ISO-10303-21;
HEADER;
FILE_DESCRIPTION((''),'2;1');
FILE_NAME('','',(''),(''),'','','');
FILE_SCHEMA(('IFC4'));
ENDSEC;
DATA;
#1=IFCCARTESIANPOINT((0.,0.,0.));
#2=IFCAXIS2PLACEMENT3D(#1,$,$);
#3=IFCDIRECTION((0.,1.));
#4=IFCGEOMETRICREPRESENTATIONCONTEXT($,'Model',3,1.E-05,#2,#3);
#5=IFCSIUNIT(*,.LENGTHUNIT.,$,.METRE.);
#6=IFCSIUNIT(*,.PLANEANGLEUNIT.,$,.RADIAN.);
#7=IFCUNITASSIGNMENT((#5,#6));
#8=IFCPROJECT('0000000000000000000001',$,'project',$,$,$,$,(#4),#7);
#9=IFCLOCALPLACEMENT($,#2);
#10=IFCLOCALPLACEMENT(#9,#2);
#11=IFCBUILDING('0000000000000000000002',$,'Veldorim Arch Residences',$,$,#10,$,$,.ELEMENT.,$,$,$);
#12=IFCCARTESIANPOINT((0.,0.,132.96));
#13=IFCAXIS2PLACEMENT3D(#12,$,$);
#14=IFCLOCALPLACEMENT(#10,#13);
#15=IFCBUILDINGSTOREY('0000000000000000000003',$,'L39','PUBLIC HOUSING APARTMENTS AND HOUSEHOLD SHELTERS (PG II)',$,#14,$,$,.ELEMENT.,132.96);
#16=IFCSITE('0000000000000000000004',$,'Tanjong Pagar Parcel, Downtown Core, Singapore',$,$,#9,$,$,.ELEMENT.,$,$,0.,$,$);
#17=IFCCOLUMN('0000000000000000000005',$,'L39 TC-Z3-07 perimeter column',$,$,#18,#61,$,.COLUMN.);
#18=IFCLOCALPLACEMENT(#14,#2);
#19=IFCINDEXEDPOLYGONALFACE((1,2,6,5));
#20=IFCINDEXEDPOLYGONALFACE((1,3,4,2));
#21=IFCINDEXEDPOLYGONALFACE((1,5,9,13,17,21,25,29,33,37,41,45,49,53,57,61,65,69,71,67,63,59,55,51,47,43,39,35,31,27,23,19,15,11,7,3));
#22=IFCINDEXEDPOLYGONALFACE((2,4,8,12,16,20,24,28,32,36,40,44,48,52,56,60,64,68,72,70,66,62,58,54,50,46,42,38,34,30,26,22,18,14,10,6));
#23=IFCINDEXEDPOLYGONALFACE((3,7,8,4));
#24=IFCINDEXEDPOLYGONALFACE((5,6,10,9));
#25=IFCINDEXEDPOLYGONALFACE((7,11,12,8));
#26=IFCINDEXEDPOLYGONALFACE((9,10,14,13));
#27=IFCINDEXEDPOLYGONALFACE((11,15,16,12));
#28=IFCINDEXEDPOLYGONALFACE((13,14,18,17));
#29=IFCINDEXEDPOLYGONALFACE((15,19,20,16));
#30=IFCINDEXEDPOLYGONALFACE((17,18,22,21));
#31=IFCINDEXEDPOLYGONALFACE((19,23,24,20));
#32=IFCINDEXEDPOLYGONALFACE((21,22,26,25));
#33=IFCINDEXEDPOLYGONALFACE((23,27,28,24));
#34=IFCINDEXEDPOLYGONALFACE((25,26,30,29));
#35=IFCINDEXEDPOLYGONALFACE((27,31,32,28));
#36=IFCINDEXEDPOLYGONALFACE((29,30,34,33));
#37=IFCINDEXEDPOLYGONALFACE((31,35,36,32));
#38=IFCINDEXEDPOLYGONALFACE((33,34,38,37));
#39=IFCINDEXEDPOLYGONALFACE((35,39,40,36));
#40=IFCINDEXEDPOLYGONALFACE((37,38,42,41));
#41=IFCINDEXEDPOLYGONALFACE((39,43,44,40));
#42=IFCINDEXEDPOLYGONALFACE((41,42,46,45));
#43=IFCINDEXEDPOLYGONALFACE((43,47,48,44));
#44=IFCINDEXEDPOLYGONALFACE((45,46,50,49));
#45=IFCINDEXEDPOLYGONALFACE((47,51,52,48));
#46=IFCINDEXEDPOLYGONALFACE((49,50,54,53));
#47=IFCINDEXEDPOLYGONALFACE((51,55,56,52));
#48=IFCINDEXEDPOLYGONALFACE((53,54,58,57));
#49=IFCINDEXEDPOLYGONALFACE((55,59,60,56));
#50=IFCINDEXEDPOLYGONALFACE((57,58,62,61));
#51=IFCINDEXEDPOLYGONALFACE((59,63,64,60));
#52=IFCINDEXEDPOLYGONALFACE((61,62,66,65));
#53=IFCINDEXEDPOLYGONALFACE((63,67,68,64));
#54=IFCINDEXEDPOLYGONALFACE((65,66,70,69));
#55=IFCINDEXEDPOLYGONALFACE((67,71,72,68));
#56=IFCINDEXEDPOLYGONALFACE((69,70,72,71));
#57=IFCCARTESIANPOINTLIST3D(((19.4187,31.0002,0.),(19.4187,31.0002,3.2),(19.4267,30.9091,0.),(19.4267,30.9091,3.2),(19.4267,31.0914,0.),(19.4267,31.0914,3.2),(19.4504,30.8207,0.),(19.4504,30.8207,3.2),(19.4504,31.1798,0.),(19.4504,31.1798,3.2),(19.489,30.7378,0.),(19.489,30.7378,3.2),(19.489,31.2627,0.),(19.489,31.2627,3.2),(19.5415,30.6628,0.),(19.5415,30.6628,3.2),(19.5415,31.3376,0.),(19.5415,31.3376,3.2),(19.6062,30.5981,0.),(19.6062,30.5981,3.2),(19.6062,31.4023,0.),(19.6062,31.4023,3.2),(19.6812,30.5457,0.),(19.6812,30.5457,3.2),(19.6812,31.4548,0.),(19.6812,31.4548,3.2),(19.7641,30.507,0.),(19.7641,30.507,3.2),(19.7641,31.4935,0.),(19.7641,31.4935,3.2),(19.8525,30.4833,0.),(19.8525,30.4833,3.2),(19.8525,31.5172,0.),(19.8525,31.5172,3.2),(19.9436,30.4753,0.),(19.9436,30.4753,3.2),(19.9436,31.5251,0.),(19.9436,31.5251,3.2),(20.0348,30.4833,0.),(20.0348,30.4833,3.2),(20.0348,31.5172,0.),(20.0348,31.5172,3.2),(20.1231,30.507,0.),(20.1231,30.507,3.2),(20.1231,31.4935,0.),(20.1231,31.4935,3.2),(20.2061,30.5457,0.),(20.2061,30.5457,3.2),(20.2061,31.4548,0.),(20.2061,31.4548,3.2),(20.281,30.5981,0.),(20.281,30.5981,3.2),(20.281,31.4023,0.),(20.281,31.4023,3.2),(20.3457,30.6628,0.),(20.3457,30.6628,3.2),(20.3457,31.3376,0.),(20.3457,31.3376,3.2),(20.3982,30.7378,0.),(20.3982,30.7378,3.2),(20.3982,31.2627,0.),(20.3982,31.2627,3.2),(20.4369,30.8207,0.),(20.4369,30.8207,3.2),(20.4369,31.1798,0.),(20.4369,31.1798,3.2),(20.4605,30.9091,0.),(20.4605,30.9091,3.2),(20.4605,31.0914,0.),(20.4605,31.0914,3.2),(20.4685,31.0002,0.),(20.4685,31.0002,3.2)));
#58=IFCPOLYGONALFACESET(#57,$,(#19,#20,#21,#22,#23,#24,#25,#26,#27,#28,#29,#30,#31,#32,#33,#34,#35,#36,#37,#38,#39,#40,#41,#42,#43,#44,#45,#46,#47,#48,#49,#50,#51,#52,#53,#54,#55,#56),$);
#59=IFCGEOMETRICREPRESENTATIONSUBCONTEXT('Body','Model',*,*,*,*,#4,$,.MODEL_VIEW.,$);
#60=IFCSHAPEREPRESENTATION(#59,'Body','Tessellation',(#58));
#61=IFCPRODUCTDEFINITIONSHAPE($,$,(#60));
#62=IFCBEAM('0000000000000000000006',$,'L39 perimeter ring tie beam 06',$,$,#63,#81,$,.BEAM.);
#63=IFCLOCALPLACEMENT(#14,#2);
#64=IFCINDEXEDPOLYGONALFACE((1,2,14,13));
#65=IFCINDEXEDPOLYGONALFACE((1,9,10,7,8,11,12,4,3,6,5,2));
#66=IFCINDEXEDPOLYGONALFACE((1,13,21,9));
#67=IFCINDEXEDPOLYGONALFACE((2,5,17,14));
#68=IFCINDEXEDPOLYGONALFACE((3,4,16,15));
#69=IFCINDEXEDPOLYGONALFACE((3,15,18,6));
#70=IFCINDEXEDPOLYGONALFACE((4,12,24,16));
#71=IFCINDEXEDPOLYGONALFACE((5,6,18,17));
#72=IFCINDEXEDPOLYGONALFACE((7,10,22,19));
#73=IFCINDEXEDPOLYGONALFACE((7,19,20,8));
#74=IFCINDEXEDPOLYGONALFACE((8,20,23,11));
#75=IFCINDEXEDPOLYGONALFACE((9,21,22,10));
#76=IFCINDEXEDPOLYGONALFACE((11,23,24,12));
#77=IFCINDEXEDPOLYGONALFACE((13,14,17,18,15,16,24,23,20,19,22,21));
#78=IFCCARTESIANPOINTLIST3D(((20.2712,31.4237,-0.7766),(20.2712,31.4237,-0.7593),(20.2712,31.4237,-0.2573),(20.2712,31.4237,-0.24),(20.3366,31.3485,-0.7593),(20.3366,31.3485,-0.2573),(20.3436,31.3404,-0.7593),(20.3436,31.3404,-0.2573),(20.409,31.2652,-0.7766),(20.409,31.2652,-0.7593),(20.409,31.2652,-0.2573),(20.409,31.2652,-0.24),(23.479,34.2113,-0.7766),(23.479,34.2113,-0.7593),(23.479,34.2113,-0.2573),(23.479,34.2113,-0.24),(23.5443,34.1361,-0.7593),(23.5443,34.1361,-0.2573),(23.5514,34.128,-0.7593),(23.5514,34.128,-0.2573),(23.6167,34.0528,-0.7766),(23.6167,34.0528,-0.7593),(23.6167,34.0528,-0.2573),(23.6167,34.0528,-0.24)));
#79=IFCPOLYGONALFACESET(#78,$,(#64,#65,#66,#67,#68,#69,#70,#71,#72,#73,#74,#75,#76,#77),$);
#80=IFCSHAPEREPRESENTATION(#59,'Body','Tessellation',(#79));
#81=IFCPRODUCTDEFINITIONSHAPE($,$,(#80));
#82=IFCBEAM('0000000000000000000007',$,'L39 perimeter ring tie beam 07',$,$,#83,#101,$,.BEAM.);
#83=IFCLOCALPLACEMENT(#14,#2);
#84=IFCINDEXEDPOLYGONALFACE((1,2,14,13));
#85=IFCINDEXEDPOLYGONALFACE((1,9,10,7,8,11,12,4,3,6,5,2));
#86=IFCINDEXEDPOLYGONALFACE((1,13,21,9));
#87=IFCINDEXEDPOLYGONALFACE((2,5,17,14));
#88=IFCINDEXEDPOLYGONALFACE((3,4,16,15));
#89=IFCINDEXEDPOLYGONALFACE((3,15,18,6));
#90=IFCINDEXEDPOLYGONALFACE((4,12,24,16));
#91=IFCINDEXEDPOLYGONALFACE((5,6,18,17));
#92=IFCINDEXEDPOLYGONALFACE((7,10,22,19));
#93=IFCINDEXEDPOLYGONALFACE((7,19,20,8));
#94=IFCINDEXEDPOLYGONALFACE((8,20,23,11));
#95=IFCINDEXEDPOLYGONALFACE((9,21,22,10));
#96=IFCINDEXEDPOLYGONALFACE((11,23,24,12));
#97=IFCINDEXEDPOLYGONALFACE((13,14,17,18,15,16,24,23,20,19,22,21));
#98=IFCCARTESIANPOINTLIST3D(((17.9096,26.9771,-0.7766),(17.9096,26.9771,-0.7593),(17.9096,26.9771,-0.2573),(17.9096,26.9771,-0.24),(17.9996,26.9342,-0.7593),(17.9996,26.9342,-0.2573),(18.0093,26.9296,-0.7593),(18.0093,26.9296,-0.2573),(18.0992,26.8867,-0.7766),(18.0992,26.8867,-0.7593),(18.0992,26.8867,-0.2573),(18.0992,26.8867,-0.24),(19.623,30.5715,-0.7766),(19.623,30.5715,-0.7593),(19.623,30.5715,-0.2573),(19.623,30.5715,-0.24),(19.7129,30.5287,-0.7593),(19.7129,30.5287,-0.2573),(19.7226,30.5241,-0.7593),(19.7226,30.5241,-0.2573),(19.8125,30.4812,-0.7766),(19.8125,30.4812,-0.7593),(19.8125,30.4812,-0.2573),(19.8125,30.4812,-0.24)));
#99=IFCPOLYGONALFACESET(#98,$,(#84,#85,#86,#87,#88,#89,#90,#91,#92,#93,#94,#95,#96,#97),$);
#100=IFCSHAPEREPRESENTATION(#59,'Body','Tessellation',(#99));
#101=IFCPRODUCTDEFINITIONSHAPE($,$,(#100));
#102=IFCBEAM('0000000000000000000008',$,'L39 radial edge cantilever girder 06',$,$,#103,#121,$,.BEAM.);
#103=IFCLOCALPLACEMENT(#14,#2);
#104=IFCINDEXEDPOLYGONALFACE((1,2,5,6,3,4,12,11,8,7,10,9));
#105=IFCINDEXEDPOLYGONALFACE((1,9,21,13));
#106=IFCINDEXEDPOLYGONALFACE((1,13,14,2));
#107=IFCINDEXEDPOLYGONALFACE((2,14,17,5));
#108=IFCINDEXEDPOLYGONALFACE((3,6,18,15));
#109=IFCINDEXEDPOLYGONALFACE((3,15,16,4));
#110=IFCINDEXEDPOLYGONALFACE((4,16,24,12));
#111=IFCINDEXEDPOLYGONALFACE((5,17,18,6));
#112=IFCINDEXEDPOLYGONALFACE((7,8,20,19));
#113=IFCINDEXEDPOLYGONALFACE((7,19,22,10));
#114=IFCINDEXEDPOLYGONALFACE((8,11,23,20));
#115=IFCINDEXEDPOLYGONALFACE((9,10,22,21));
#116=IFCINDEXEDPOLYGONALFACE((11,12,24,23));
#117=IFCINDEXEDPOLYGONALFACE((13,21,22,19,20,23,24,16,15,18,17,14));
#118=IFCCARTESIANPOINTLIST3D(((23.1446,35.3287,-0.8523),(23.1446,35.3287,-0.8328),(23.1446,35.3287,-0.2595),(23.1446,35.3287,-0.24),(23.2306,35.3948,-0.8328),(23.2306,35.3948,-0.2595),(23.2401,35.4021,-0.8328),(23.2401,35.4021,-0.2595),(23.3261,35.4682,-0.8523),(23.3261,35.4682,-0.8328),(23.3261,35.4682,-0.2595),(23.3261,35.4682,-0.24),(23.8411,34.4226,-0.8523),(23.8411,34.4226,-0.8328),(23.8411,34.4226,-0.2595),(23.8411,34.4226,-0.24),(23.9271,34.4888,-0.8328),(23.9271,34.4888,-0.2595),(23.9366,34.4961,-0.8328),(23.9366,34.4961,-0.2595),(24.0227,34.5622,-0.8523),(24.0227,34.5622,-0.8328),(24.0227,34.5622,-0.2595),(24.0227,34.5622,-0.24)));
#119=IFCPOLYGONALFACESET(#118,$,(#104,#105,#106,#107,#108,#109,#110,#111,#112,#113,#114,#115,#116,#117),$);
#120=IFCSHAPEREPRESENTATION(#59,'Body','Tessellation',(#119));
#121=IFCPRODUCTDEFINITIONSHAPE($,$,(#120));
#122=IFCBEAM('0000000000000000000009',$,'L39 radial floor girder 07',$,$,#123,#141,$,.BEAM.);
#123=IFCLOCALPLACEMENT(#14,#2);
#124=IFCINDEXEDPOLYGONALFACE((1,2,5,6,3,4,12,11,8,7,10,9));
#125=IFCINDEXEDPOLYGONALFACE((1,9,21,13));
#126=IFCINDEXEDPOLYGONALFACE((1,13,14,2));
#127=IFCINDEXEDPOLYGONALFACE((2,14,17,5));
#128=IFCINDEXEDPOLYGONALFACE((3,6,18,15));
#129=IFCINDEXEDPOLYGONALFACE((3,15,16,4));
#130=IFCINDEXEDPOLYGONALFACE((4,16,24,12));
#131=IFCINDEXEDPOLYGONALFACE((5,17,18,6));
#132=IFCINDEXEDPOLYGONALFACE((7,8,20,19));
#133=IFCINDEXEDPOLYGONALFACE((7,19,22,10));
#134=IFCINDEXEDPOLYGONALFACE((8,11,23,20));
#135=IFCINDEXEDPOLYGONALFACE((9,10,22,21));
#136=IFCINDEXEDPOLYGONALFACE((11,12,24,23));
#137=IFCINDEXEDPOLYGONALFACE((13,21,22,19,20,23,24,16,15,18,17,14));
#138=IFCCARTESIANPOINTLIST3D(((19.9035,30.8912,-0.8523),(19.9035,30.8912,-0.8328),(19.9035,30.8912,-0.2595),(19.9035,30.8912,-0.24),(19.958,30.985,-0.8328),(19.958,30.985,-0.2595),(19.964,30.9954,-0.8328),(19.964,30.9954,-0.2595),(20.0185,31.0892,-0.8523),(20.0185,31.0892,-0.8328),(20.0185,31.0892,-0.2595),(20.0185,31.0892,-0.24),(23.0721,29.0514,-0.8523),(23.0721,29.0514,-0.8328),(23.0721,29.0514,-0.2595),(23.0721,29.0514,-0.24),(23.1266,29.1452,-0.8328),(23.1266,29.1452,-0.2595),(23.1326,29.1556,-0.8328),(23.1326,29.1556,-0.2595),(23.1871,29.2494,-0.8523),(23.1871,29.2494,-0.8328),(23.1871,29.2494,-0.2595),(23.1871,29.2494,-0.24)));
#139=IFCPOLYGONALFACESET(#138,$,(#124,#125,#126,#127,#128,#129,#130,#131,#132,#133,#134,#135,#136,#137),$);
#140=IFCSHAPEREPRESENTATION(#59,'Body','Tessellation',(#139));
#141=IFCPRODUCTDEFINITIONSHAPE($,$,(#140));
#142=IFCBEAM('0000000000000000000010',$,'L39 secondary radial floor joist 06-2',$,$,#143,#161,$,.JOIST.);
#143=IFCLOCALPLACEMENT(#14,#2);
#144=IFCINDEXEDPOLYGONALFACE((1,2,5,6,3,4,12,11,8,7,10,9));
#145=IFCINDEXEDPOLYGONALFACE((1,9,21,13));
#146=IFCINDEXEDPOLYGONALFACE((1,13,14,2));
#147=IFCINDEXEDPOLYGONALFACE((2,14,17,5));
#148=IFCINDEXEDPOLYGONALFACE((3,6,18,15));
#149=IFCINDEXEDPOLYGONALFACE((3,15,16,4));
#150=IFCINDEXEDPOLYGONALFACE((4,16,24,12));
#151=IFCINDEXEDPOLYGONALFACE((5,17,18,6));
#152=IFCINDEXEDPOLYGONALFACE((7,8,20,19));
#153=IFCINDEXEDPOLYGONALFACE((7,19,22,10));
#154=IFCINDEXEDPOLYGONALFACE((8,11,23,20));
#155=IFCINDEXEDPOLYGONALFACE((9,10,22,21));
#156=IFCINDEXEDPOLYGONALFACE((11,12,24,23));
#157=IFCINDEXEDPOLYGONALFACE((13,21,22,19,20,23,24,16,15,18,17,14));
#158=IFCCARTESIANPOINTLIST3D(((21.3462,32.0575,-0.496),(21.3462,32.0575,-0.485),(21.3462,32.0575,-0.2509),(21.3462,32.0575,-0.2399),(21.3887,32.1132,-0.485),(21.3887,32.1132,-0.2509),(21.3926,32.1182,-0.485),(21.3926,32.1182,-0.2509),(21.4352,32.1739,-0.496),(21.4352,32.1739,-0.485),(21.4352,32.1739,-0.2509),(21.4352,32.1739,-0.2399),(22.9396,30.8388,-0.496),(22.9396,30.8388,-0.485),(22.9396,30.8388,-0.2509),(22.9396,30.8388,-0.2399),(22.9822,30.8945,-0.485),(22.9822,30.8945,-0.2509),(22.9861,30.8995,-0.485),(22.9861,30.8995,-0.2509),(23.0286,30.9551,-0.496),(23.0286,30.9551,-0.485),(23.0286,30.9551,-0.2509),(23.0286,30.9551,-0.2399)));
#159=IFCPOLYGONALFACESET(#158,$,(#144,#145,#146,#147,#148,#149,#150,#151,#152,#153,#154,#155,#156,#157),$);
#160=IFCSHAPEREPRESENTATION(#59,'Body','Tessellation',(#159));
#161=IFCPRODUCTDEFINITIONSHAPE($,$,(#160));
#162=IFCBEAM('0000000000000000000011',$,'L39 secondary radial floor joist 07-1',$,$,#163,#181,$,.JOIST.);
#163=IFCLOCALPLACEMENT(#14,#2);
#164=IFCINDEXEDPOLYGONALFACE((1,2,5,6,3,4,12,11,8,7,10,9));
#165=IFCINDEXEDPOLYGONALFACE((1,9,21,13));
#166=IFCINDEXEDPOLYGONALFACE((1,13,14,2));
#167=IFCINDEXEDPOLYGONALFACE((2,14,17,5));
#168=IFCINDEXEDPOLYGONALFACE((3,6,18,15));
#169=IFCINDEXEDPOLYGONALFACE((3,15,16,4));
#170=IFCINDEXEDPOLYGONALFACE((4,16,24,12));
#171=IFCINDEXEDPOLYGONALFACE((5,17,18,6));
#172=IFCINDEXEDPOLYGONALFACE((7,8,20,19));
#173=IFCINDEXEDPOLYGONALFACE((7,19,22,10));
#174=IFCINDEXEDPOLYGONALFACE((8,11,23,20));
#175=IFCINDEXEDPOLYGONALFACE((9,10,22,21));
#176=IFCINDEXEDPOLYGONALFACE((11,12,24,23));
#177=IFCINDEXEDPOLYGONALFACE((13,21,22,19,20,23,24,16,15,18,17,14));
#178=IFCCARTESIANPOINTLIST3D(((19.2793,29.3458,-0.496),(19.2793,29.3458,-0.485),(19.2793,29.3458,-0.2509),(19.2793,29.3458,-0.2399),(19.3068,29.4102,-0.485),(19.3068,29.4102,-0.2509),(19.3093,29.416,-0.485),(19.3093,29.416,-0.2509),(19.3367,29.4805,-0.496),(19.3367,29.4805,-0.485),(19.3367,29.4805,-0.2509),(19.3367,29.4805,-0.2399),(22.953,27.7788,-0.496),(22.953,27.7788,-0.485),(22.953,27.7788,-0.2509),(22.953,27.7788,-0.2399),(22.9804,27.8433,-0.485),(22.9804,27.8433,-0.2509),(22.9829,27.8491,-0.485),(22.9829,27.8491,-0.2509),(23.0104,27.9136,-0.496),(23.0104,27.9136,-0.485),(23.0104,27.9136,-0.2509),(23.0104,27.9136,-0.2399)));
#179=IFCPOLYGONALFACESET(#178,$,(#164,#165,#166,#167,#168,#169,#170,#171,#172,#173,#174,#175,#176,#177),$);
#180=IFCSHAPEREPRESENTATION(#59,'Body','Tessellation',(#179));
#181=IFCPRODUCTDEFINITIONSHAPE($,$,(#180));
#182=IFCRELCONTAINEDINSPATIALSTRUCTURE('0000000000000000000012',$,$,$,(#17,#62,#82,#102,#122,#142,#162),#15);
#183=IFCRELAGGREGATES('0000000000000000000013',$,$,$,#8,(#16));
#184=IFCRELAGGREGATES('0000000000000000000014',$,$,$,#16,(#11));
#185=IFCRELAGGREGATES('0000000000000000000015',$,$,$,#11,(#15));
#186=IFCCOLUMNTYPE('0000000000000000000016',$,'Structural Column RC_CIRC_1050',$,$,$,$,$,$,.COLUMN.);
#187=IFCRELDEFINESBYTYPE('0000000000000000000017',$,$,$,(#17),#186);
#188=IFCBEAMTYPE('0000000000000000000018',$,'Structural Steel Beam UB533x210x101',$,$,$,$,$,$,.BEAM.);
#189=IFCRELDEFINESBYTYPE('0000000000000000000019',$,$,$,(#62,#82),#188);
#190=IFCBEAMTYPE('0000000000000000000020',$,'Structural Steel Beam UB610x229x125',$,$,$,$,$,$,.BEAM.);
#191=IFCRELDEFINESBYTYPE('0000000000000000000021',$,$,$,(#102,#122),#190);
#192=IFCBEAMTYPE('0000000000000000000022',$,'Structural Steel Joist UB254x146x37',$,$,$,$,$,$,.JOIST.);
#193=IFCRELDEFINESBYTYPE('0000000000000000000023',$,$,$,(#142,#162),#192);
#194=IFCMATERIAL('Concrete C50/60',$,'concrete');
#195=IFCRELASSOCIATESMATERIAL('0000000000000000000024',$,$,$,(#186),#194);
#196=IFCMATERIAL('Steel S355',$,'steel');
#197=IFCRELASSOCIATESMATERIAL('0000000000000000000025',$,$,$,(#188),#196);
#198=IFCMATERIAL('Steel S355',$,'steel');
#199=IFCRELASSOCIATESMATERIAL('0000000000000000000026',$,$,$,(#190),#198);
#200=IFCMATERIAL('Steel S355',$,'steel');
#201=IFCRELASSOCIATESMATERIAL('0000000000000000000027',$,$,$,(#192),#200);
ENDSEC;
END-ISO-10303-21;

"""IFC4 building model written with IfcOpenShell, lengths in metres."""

from ifc_helpers import new_model, si_unit, direction, frame, origin, origin_2d, place, context, subcontext, project, spatial, circle, i_section, extrude, material, material_profile, profile_set, type_object, element, save


model = new_model("IFC4")

# Units and contexts
model_context = context("Model", 3, precision=1e-05, world=origin(), true_north=direction((0.0, 1.0)))
body_context = subcontext(model_context, "Body", "Model", "MODEL_VIEW")
ifc_project = project(units=[si_unit("LENGTHUNIT", "METRE"), si_unit("PLANEANGLEUNIT", "RADIAN")], contexts=[model_context])

# Site, building, storey
site_placement = place(None, origin())
site = spatial("IfcSite", under=ifc_project, at=site_placement, Name="Tanjong Pagar Parcel, Downtown Core, Singapore", CompositionType="ELEMENT", RefElevation=0.0)
building_placement = place(site_placement, origin())
building = spatial("IfcBuilding", under=site, at=building_placement, Name="Veldorim Arch Residences", CompositionType="ELEMENT")
storey_placement = place(building_placement, frame((0.0, 0.0, 132.96)))
storey = spatial("IfcBuildingStorey", under=building, at=storey_placement, Name="L39", Description="PUBLIC HOUSING APARTMENTS AND HOUSEHOLD SHELTERS (PG II)", CompositionType="ELEMENT", Elevation=132.96)

# Column
ifc_material_1 = material(Name="Concrete C50/60", Category="concrete")
ifc_material_profile_1 = material_profile(ifc_material_1, circle(Radius=0.5249, at=origin_2d()), Name="RC_CIRC_1050")
ifc_profile_set_1 = profile_set([ifc_material_profile_1], Name="Concrete C50/60")
column_type = type_object("IfcColumnType", Name="Structural Column RC_CIRC_1050", PredefinedType="COLUMN", material=ifc_profile_set_1)
column_placement = place(storey_placement, frame((19.9436, 31.0002, 0.0), z_axis=(0.0, 0.0, 1.0), x_axis=(1.0, 0.0, 0.0)))
element("IfcColumn", 1, at=column_placement, inside=storey, type_object=column_type, Name="L39 TC-Z3-07 perimeter column", PredefinedType="COLUMN", context=body_context, shape_type="SweptSolid", body=[
    extrude(circle(Radius=0.5249, at=origin_2d()), origin(), (0.0, 0.0, 1.0), 3.2),
])

# Beams
ifc_material_2 = material(Name="Steel S355", Category="steel")
ifc_material_profile_2 = material_profile(ifc_material_2, i_section(OverallWidth=0.21, OverallDepth=0.5366, WebThickness=0.0107, FlangeThickness=0.0173, at=origin_2d()), Name="UB533x210x101")
ifc_profile_set_2 = profile_set([ifc_material_profile_2], Name="Steel S355")
beam_type_1 = type_object("IfcBeamType", Name="Structural Steel Beam UB533x210x101", PredefinedType="BEAM", material=ifc_profile_set_2)
beam_1_placement = place(storey_placement, frame((23.5479, 34.1321, -0.5083), z_axis=(-0.754811, -0.655943, 0.0), x_axis=(0.655943, -0.754811, 0.0)))
element("IfcBeam", 2, at=beam_1_placement, inside=storey, type_object=beam_type_1, Name="L39 perimeter ring tie beam 06", PredefinedType="BEAM", context=body_context, shape_type="SweptSolid", body=[
    extrude(i_section(OverallWidth=0.21, OverallDepth=0.5366, WebThickness=0.0107, FlangeThickness=0.0173, at=origin_2d()), origin(), (0.0, 0.0, 1.0), 4.2498),
])
beam_2_placement = place(storey_placement, frame((19.7178, 30.5264, -0.5083), z_axis=(-0.430286, -0.902693, 0.0), x_axis=(0.902693, -0.430286, 0.0)))
element("IfcBeam", 3, at=beam_2_placement, inside=storey, type_object=beam_type_1, Name="L39 perimeter ring tie beam 07", PredefinedType="BEAM", context=body_context, shape_type="SweptSolid", body=[
    extrude(i_section(OverallWidth=0.21, OverallDepth=0.5366, WebThickness=0.0107, FlangeThickness=0.0173, at=origin_2d()), origin(), (0.0, 0.0, 1.0), 3.9819),
])
ifc_material_3 = material(Name="Steel S355", Category="steel")
ifc_material_profile_3 = material_profile(ifc_material_3, i_section(OverallWidth=0.229, OverallDepth=0.6123, WebThickness=0.012, FlangeThickness=0.0195, at=origin_2d()), Name="UB610x229x125")
ifc_profile_set_3 = profile_set([ifc_material_profile_3], Name="Steel S355")
beam_type_2 = type_object("IfcBeamType", Name="Structural Steel Beam UB610x229x125", PredefinedType="BEAM", material=ifc_profile_set_3)
beam_3_placement = place(storey_placement, frame((23.9319, 34.4924, -0.5461), z_axis=(-0.609494, 0.792791, 0.0), x_axis=(-0.792791, -0.609494, 0.0)))
element("IfcBeam", 4, at=beam_3_placement, inside=storey, type_object=beam_type_2, Name="L39 radial edge cantilever girder 06", PredefinedType="BEAM", context=body_context, shape_type="SweptSolid", body=[
    extrude(i_section(OverallWidth=0.229, OverallDepth=0.6123, WebThickness=0.012, FlangeThickness=0.0195, at=origin_2d()), origin(), (0.0, 0.0, 1.0), 1.1428),
])
beam_4_placement = place(storey_placement, frame((23.1296, 29.1504, -0.5461), z_axis=(-0.864795, 0.502126, 0.0), x_axis=(-0.502126, -0.864795, 0.0)))
element("IfcBeam", 5, at=beam_4_placement, inside=storey, type_object=beam_type_2, Name="L39 radial floor girder 07", PredefinedType="BEAM", context=body_context, shape_type="SweptSolid", body=[
    extrude(i_section(OverallWidth=0.229, OverallDepth=0.6123, WebThickness=0.012, FlangeThickness=0.0195, at=origin_2d()), origin(), (0.0, 0.0, 1.0), 3.6641),
])
ifc_material_4 = material(Name="Steel S355", Category="steel")
ifc_material_profile_4 = material_profile(ifc_material_4, i_section(OverallWidth=0.1465, OverallDepth=0.2561, WebThickness=0.0063, FlangeThickness=0.011, at=origin_2d()), Name="UB254x146x37")
ifc_profile_set_4 = profile_set([ifc_material_profile_4], Name="Steel S355")
beam_type_3 = type_object("IfcBeamType", Name="Structural Steel Joist UB254x146x37", PredefinedType="JOIST", material=ifc_profile_set_4)
beam_5_placement = place(storey_placement, frame((22.9841, 30.897, -0.3679), z_axis=(-0.794313, 0.607509, 0.0), x_axis=(-0.607509, -0.794313, 0.0)))
element("IfcBeam", 6, at=beam_5_placement, inside=storey, type_object=beam_type_3, Name="L39 secondary radial floor joist 06-2", PredefinedType="JOIST", context=body_context, shape_type="SweptSolid", body=[
    extrude(i_section(OverallWidth=0.1465, OverallDepth=0.2561, WebThickness=0.0063, FlangeThickness=0.011, at=origin_2d()), origin(), (0.0, 0.0, 1.0), 2.0061),
])
beam_6_placement = place(storey_placement, frame((22.9817, 27.8462, -0.3679), z_axis=(-0.919823, 0.392332, 0.0), x_axis=(-0.392332, -0.919823, 0.0)))
element("IfcBeam", 7, at=beam_6_placement, inside=storey, type_object=beam_type_3, Name="L39 secondary radial floor joist 07-1", PredefinedType="JOIST", context=body_context, shape_type="SweptSolid", body=[
    extrude(i_section(OverallWidth=0.1465, OverallDepth=0.2561, WebThickness=0.0063, FlangeThickness=0.011, at=origin_2d()), origin(), (0.0, 0.0, 1.0), 3.9939),
])

save(model, "model.ifc")
